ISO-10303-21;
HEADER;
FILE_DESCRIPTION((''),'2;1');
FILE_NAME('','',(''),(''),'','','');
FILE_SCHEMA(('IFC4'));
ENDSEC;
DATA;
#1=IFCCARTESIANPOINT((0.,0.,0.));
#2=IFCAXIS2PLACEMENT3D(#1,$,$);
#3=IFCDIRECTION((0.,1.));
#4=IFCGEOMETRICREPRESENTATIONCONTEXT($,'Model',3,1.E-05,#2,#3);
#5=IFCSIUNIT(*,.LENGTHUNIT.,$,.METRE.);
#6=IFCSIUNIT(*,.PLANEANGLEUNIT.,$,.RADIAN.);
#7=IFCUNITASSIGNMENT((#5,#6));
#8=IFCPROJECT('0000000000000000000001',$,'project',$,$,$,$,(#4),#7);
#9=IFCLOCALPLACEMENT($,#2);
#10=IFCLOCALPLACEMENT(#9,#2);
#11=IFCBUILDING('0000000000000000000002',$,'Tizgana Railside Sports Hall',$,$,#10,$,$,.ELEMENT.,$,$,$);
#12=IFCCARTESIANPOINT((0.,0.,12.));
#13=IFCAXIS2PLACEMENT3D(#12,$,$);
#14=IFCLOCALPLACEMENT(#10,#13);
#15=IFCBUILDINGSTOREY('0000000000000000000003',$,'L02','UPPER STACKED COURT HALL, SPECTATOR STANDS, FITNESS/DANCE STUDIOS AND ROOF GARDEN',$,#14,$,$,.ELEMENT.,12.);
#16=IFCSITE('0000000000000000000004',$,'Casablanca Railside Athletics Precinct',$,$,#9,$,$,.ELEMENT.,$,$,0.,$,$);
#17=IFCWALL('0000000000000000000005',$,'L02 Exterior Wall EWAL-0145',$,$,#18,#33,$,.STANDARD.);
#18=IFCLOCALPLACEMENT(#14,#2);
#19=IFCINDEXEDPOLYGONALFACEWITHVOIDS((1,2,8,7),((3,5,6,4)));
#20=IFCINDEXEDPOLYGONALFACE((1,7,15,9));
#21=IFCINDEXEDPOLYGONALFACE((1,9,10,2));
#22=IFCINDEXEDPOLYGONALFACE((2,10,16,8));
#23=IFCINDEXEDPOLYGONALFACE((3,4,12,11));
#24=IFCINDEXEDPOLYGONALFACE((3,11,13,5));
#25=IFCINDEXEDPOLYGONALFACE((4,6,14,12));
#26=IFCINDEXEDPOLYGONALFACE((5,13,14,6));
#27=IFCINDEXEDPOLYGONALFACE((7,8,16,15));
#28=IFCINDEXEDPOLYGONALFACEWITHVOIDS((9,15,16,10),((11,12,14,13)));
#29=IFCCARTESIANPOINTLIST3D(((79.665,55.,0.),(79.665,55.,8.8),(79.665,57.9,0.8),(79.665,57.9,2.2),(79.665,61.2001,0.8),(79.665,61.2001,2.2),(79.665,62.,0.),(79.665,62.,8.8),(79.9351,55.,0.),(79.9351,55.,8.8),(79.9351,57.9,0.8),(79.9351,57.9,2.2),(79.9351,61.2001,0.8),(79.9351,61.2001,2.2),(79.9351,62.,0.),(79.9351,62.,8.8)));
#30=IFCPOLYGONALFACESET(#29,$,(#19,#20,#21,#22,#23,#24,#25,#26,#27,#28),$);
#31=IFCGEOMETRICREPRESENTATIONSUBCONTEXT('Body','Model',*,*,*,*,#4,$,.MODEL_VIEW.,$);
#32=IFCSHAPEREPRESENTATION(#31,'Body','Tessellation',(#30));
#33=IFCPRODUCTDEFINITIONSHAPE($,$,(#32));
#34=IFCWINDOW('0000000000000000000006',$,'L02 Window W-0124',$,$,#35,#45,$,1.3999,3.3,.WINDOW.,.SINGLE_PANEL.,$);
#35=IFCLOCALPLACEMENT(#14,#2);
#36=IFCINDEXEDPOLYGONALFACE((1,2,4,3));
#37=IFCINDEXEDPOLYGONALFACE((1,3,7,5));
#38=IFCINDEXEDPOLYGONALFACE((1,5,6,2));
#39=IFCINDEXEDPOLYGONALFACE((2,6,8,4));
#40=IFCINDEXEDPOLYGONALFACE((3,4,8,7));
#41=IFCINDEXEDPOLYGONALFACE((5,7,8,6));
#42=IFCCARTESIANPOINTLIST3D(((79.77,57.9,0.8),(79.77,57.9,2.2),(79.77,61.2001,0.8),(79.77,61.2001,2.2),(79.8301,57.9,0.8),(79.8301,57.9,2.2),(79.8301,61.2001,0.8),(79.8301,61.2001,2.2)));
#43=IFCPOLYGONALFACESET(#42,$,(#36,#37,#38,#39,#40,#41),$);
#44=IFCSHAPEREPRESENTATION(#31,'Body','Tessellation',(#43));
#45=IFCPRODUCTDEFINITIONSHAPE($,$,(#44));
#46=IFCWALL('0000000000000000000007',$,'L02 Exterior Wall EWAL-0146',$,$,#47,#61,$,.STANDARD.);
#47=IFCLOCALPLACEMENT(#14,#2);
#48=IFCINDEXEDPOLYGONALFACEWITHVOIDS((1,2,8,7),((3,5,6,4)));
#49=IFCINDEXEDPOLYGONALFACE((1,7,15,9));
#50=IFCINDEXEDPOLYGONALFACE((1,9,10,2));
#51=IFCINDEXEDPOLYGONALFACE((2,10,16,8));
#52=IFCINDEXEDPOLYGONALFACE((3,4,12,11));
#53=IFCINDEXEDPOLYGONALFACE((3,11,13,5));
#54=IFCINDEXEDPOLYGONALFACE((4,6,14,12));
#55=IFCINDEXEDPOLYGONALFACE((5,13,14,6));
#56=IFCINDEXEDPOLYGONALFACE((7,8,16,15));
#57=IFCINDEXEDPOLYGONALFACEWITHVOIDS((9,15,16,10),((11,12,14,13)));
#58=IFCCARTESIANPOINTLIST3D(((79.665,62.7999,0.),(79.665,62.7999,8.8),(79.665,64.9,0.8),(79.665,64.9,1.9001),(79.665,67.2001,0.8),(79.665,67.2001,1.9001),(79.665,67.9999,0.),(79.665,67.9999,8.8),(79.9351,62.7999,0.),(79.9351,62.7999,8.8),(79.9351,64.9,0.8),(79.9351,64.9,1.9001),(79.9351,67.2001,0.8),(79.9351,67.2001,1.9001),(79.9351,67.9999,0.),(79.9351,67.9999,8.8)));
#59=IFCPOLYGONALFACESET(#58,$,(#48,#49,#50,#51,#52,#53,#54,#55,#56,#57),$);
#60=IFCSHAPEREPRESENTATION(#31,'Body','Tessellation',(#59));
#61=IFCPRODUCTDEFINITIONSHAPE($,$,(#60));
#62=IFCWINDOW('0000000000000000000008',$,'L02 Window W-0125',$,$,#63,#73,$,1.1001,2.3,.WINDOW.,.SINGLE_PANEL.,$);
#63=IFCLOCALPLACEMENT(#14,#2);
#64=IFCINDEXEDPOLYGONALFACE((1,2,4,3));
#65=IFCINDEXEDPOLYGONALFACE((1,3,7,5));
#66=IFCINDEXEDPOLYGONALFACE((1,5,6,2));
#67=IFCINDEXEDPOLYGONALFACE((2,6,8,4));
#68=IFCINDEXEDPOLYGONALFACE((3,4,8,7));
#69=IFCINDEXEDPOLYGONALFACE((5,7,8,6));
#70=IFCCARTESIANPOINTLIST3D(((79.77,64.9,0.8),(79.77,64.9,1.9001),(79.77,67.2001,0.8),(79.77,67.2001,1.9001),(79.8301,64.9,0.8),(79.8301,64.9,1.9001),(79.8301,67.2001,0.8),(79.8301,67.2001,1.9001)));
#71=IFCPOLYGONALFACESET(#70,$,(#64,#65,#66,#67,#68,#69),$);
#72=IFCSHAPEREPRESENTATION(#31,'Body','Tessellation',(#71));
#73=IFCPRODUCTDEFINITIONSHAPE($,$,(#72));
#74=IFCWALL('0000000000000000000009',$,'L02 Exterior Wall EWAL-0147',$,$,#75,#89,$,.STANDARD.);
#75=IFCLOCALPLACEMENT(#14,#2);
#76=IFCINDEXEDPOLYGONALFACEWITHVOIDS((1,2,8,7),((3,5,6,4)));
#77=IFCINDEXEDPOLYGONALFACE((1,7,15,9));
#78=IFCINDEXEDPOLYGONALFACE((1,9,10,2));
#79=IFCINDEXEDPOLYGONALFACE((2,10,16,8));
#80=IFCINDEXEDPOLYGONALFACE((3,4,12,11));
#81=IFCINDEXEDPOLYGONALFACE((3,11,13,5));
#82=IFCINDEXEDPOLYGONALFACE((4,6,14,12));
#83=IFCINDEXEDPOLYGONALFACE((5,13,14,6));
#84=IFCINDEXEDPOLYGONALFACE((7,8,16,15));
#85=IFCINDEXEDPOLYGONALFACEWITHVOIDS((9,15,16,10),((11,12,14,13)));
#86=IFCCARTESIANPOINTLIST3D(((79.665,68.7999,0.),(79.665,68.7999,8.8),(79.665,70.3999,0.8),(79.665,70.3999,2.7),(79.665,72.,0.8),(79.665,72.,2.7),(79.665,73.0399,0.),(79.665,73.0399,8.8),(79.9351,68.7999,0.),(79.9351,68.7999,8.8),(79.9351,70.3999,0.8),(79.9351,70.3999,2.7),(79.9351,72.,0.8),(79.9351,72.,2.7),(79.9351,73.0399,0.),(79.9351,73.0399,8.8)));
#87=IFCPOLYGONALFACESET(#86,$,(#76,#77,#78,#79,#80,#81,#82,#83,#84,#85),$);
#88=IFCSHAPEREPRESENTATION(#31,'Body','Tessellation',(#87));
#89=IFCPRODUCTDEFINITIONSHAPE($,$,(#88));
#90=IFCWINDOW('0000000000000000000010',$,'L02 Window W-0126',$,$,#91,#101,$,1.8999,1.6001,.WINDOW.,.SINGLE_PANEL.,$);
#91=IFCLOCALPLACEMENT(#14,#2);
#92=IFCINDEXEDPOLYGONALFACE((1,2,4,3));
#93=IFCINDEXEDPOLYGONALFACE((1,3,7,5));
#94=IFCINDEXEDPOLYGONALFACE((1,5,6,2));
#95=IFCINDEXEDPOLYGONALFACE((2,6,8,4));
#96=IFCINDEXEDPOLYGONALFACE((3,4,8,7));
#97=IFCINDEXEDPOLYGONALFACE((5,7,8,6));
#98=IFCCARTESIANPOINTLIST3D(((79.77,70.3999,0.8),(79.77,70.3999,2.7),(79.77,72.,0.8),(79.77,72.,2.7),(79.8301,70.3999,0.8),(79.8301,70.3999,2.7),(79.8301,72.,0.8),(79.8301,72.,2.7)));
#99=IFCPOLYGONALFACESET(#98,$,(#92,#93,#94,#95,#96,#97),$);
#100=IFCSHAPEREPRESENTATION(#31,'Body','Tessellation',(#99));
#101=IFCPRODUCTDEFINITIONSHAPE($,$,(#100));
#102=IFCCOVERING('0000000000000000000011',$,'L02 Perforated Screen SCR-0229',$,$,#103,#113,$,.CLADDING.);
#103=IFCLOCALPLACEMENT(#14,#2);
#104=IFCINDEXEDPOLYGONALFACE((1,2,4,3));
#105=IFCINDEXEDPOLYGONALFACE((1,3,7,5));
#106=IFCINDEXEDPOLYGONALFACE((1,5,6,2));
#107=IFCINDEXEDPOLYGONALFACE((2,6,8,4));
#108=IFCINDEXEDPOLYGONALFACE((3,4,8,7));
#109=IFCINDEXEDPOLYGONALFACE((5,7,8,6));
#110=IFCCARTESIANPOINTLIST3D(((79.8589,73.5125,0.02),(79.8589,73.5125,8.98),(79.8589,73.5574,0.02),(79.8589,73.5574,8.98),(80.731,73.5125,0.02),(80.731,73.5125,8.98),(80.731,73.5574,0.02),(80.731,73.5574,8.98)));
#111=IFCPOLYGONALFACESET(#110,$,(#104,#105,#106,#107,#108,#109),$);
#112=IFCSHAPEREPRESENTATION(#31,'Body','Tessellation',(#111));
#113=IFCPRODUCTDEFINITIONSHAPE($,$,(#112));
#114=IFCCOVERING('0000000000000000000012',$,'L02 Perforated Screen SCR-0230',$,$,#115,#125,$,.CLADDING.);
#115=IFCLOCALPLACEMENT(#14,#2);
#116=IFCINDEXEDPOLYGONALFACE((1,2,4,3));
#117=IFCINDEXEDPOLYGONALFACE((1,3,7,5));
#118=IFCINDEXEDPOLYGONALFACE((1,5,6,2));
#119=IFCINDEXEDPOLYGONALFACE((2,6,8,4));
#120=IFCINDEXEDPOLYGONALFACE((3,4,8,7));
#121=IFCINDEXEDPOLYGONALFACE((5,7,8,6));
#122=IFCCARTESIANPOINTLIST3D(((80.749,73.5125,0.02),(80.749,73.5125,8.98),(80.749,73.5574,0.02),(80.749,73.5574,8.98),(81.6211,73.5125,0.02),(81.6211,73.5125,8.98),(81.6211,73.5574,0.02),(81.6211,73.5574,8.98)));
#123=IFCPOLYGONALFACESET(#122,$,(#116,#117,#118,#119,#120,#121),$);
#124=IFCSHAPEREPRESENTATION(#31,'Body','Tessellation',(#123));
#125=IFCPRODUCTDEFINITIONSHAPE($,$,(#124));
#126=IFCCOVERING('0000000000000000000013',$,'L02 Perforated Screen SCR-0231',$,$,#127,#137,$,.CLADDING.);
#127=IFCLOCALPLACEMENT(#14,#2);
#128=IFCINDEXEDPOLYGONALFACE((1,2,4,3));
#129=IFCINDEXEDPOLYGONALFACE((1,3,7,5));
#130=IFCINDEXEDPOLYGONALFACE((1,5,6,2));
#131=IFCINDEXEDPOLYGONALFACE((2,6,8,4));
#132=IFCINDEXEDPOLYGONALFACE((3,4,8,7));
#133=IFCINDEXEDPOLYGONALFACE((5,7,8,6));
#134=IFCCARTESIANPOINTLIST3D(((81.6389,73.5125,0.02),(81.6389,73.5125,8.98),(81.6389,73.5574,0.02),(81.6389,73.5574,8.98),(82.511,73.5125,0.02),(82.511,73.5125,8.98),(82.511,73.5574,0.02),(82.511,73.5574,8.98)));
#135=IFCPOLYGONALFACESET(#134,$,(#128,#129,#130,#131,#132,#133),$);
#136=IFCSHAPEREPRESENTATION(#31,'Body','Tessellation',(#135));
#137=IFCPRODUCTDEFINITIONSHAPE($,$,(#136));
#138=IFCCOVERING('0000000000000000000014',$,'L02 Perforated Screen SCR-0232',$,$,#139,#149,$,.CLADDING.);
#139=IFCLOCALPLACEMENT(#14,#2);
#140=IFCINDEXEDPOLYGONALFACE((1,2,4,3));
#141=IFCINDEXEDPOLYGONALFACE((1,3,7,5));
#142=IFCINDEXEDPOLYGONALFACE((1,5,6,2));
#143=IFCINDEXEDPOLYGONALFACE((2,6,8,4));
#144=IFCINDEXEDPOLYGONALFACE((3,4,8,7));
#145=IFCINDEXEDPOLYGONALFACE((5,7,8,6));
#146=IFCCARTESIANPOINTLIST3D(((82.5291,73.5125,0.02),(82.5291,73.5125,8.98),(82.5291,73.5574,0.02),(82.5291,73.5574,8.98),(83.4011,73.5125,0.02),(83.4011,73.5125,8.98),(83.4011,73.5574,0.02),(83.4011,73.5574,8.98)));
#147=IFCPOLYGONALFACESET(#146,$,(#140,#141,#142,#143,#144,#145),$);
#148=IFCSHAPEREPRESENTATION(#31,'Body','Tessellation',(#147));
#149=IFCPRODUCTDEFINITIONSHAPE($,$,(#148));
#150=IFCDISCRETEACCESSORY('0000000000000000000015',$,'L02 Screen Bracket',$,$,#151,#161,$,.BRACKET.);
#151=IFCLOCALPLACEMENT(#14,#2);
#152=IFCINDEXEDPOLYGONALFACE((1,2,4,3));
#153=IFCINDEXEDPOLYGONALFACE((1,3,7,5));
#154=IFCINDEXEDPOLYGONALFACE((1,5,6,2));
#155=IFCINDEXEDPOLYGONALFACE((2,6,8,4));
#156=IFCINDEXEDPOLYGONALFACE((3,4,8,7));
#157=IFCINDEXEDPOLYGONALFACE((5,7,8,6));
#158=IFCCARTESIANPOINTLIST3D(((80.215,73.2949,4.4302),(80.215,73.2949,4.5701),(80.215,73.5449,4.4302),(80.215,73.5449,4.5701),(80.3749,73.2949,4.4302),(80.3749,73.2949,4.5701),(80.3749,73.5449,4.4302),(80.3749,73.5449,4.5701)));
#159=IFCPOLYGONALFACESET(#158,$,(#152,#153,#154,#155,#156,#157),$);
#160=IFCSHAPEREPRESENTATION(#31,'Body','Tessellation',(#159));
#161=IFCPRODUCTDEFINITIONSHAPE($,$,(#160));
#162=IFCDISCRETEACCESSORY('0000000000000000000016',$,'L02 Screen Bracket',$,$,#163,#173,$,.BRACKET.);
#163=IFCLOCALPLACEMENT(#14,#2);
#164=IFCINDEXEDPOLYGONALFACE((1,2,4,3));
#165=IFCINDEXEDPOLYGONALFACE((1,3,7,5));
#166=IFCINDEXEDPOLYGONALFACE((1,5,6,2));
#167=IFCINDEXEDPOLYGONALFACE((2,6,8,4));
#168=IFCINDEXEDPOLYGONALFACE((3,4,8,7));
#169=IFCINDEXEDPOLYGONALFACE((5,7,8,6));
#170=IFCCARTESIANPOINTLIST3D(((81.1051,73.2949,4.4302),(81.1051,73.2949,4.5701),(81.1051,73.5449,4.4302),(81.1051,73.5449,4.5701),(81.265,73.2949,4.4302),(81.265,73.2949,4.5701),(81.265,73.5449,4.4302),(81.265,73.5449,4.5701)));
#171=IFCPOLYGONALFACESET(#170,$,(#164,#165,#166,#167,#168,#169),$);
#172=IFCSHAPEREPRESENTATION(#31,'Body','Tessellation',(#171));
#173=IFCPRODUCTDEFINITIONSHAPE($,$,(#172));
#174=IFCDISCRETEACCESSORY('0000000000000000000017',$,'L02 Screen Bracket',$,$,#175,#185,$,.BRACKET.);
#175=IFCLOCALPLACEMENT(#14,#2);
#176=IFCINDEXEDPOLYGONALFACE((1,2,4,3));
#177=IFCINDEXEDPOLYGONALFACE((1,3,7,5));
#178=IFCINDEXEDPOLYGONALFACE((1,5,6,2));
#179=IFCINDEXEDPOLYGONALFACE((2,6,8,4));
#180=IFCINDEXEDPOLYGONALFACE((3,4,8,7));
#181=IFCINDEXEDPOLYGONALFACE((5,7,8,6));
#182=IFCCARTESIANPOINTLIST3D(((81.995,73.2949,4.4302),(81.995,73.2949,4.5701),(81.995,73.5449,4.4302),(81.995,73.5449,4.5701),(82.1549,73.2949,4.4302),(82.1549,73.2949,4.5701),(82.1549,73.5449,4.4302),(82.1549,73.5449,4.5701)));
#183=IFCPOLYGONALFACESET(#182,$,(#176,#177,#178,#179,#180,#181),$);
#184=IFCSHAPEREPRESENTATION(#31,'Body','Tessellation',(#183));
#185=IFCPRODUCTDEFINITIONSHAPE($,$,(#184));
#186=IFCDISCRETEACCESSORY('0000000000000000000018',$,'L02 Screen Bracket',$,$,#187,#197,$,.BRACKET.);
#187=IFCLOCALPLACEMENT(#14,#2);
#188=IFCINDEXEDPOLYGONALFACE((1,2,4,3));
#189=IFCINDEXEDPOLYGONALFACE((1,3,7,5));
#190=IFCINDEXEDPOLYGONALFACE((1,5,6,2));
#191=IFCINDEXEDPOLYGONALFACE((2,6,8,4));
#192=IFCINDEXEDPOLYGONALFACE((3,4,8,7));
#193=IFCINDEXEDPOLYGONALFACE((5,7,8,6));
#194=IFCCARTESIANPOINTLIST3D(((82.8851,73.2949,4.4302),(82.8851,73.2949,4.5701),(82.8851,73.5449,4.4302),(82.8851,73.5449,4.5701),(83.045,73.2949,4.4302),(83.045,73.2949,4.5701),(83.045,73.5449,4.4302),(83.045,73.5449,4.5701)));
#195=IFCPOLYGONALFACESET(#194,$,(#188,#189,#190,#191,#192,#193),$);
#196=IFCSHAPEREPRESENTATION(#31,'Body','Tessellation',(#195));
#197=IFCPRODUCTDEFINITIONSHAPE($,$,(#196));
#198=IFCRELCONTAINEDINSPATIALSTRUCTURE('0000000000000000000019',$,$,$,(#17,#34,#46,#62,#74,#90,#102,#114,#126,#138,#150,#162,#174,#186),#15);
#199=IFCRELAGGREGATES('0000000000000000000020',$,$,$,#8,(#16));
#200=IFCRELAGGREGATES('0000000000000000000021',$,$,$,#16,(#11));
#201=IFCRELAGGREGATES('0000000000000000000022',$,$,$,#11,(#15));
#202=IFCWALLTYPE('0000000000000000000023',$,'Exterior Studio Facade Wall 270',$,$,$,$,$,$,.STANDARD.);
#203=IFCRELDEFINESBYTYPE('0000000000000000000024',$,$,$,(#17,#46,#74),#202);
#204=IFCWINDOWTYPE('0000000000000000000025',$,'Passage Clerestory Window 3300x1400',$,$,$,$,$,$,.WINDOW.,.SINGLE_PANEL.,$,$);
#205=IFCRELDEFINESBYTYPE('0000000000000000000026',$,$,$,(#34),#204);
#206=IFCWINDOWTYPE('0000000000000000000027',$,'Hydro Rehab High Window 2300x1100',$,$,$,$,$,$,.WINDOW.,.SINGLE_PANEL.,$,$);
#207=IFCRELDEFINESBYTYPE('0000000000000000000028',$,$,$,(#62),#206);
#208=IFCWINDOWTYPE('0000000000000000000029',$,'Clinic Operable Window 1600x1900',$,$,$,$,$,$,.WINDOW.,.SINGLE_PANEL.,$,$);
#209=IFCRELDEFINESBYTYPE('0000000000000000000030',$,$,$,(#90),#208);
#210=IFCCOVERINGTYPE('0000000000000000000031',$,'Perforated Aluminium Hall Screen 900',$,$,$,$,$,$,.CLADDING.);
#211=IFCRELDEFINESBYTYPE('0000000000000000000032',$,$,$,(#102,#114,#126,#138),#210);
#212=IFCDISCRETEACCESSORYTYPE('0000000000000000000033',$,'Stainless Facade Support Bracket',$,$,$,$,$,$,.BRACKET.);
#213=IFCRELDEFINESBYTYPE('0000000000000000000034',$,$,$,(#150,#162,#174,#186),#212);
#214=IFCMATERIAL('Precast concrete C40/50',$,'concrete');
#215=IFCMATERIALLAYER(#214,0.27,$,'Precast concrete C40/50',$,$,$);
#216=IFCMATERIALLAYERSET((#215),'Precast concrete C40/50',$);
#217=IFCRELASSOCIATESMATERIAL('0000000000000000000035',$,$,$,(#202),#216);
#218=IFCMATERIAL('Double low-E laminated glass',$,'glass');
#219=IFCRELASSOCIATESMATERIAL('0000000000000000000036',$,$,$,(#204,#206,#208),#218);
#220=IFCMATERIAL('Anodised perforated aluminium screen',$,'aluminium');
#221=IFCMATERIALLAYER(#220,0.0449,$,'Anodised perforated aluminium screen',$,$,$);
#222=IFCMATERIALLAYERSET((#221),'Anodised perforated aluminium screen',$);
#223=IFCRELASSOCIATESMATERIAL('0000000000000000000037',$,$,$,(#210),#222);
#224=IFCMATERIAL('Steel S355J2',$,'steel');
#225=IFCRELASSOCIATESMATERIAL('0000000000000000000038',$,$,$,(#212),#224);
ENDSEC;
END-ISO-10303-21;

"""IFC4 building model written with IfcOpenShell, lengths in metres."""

from ifc_helpers import new_model, si_unit, direction, frame, frame_2d, origin, origin_2d, place, context, subcontext, project, spatial, rectangle, extrude, material, layer, layer_set, type_object, element, fill, save


model = new_model("IFC4")

# Units and contexts
model_context = context("Model", 3, precision=1e-05, world=origin(), true_north=direction((0.0, 1.0)))
body_context = subcontext(model_context, "Body", "Model", "MODEL_VIEW")
ifc_project = project(units=[si_unit("LENGTHUNIT", "METRE"), si_unit("PLANEANGLEUNIT", "RADIAN")], contexts=[model_context])

# Site, building, storey
site_placement = place(None, origin())
site = spatial("IfcSite", under=ifc_project, at=site_placement, Name="Casablanca Railside Athletics Precinct", CompositionType="ELEMENT", RefElevation=0.0)
building_placement = place(site_placement, origin())
building = spatial("IfcBuilding", under=site, at=building_placement, Name="Tizgana Railside Sports Hall", CompositionType="ELEMENT")
storey_placement = place(building_placement, frame((0.0, 0.0, 12.0)))
storey = spatial("IfcBuildingStorey", under=building, at=storey_placement, Name="L02", Description="UPPER STACKED COURT HALL, SPECTATOR STANDS, FITNESS/DANCE STUDIOS AND ROOF GARDEN", CompositionType="ELEMENT", Elevation=12.0)

# Shared definitions
ifc_material_1 = material(Name="Steel S355J2", Category="steel")

# Shared definitions
ifc_material_2 = material(Name="Precast concrete C40/50", Category="concrete")

# Walls, openings, windows
ifc_layer_1 = layer(ifc_material_2, 0.27, Name="Precast concrete C40/50")
ifc_layer_set_1 = layer_set([ifc_layer_1], Name="Precast concrete C40/50")
wall_type_1 = type_object("IfcWallType", Name="Exterior Studio Facade Wall 270", PredefinedType="STANDARD", material=ifc_layer_set_1)
ifc_material_3 = material(Name="Double low-E laminated glass", Category="glass")
wall_1_placement = place(storey_placement, frame((79.8, 62.0, 0.0), z_axis=(0.0, 0.0, 1.0), x_axis=(0.0, -1.0, 0.0)))
wall_1 = element("IfcWall", 1, at=wall_1_placement, inside=storey, type_object=wall_type_1, Name="L02 Exterior Wall EWAL-0145", PredefinedType="STANDARD", context=body_context, shape_type="SweptSolid", body=[
    extrude(rectangle(XDim=7.0, YDim=0.27, at=frame_2d((3.5, 0.0))), origin(), (0.0, 0.0, 1.0), 8.8),
])
opening_1_placement = place(wall_1_placement, frame((0.8, 0.0, 0.8)))
opening_1 = element("IfcOpeningElement", 2, at=opening_1_placement, cuts=wall_1, PredefinedType="OPENING", context=body_context, shape_type="SweptSolid", body=[
    extrude(rectangle(XDim=3.3, YDim=1.3999, at=frame_2d((1.6499, 0.7))), frame((0.0, 0.145, 0.0), z_axis=(0.0, -1.0, 0.0), x_axis=(1.0, 0.0, 0.0)), (0.0, 0.0, 1.0), 0.29),
])
window_type_1 = type_object("IfcWindowType", Name="Passage Clerestory Window 3300x1400", PartitioningType="SINGLE_PANEL", PredefinedType="WINDOW", material=ifc_material_3)
window_1_placement = place(opening_1_placement, origin())
window_1 = element("IfcWindow", 3, at=window_1_placement, inside=storey, type_object=window_type_1, Name="L02 Window W-0124", OverallHeight=1.3999, OverallWidth=3.3, PartitioningType="SINGLE_PANEL", PredefinedType="WINDOW", context=body_context, shape_type="SweptSolid", body=[
    extrude(rectangle(XDim=3.3, YDim=1.3999, at=frame_2d((1.6499, 0.7))), frame((0.0, 0.03, 0.0), z_axis=(0.0, -1.0, 0.0), x_axis=(1.0, 0.0, 0.0)), (0.0, 0.0, 1.0), 0.0601),
])
fill(opening_1, window_1)
wall_2_placement = place(storey_placement, frame((79.8, 68.0, 0.0), z_axis=(0.0, 0.0, 1.0), x_axis=(0.0, -1.0, 0.0)))
wall_2 = element("IfcWall", 4, at=wall_2_placement, inside=storey, type_object=wall_type_1, Name="L02 Exterior Wall EWAL-0146", PredefinedType="STANDARD", context=body_context, shape_type="SweptSolid", body=[
    extrude(rectangle(XDim=5.2, YDim=0.27, at=frame_2d((2.6001, 0.0))), origin(), (0.0, 0.0, 1.0), 8.8),
])
opening_2_placement = place(wall_2_placement, frame((0.8, 0.0, 0.8)))
opening_2 = element("IfcOpeningElement", 5, at=opening_2_placement, cuts=wall_2, PredefinedType="OPENING", context=body_context, shape_type="SweptSolid", body=[
    extrude(rectangle(XDim=2.3, YDim=1.1001, at=frame_2d((1.1499, 0.55))), frame((0.0, 0.145, 0.0), z_axis=(0.0, -1.0, 0.0), x_axis=(1.0, 0.0, 0.0)), (0.0, 0.0, 1.0), 0.29),
])
window_type_2 = type_object("IfcWindowType", Name="Hydro Rehab High Window 2300x1100", PartitioningType="SINGLE_PANEL", PredefinedType="WINDOW", material=ifc_material_3)
window_2_placement = place(opening_2_placement, origin())
window_2 = element("IfcWindow", 6, at=window_2_placement, inside=storey, type_object=window_type_2, Name="L02 Window W-0125", OverallHeight=1.1001, OverallWidth=2.3, PartitioningType="SINGLE_PANEL", PredefinedType="WINDOW", context=body_context, shape_type="SweptSolid", body=[
    extrude(rectangle(XDim=2.3, YDim=1.1001, at=frame_2d((1.1499, 0.55))), frame((0.0, 0.03, 0.0), z_axis=(0.0, -1.0, 0.0), x_axis=(1.0, 0.0, 0.0)), (0.0, 0.0, 1.0), 0.0601),
])
fill(opening_2, window_2)
wall_3_placement = place(storey_placement, frame((79.8, 73.04, 0.0), z_axis=(0.0, 0.0, 1.0), x_axis=(0.0, -1.0, 0.0)))
wall_3 = element("IfcWall", 7, at=wall_3_placement, inside=storey, type_object=wall_type_1, Name="L02 Exterior Wall EWAL-0147", PredefinedType="STANDARD", context=body_context, shape_type="SweptSolid", body=[
    extrude(rectangle(XDim=4.24, YDim=0.27, at=frame_2d((2.1201, 0.0))), origin(), (0.0, 0.0, 1.0), 8.8),
])
opening_3_placement = place(wall_3_placement, frame((1.04, 0.0, 0.8)))
opening_3 = element("IfcOpeningElement", 8, at=opening_3_placement, cuts=wall_3, PredefinedType="OPENING", context=body_context, shape_type="SweptSolid", body=[
    extrude(rectangle(XDim=1.6001, YDim=1.8999, at=frame_2d((0.8, 0.95))), frame((0.0, 0.145, 0.0), z_axis=(0.0, -1.0, 0.0), x_axis=(1.0, 0.0, 0.0)), (0.0, 0.0, 1.0), 0.29),
])
window_type_3 = type_object("IfcWindowType", Name="Clinic Operable Window 1600x1900", PartitioningType="SINGLE_PANEL", PredefinedType="WINDOW", material=ifc_material_3)
window_3_placement = place(opening_3_placement, origin())
window_3 = element("IfcWindow", 9, at=window_3_placement, inside=storey, type_object=window_type_3, Name="L02 Window W-0126", OverallHeight=1.8999, OverallWidth=1.6001, PartitioningType="SINGLE_PANEL", PredefinedType="WINDOW", context=body_context, shape_type="SweptSolid", body=[
    extrude(rectangle(XDim=1.6001, YDim=1.8999, at=frame_2d((0.8, 0.95))), frame((0.0, 0.03, 0.0), z_axis=(0.0, -1.0, 0.0), x_axis=(1.0, 0.0, 0.0)), (0.0, 0.0, 1.0), 0.0601),
])
fill(opening_3, window_3)

# Coverings
ifc_material_4 = material(Name="Anodised perforated aluminium screen", Category="aluminium")
ifc_layer_2 = layer(ifc_material_4, 0.0449, Name="Anodised perforated aluminium screen")
ifc_layer_set_2 = layer_set([ifc_layer_2], Name="Anodised perforated aluminium screen")
covering_type = type_object("IfcCoveringType", Name="Perforated Aluminium Hall Screen 900", PredefinedType="CLADDING", material=ifc_layer_set_2)
for number, where, z_axis, x_axis, name in (
    (10, (80.2949, 73.5349, 0.02), (0.0, 0.0, 1.0), (1.0, 0.0, 0.0), "L02 Perforated Screen SCR-0229"),
    (11, (81.1851, 73.5349, 0.02), (0.0, 0.0, 1.0), (1.0, 0.0, 0.0), "L02 Perforated Screen SCR-0230"),
    (12, (82.075, 73.5349, 0.02), (0.0, 0.0, 1.0), (1.0, 0.0, 0.0), "L02 Perforated Screen SCR-0231"),
    (13, (82.9651, 73.5349, 0.02), (0.0, 0.0, 1.0), (1.0, 0.0, 0.0), "L02 Perforated Screen SCR-0232"),
):
    element("IfcCovering", number, at=place(storey_placement, frame(where, z_axis=z_axis, x_axis=x_axis)), inside=storey, type_object=covering_type, Name=name, PredefinedType="CLADDING", context=body_context, shape_type="SweptSolid", body=[
        extrude(rectangle(XDim=0.8721, YDim=0.0449, at=origin_2d()), origin(), (0.0, 0.0, 1.0), 8.96),
    ])

# Discrete accessories
discrete_accessory_type = type_object("IfcDiscreteAccessoryType", Name="Stainless Facade Support Bracket", PredefinedType="BRACKET", material=ifc_material_1)
for number, where, z_axis, x_axis, name in (
    (14, (80.2949, 73.4199, 4.4302), (0.0, 0.0, 1.0), (1.0, 0.0, 0.0), "L02 Screen Bracket"),
    (15, (81.1851, 73.4199, 4.4302), (0.0, 0.0, 1.0), (1.0, 0.0, 0.0), "L02 Screen Bracket"),
    (16, (82.075, 73.4199, 4.4302), (0.0, 0.0, 1.0), (1.0, 0.0, 0.0), "L02 Screen Bracket"),
    (17, (82.9651, 73.4199, 4.4302), (0.0, 0.0, 1.0), (1.0, 0.0, 0.0), "L02 Screen Bracket"),
):
    element("IfcDiscreteAccessory", number, at=place(storey_placement, frame(where, z_axis=z_axis, x_axis=x_axis)), inside=storey, type_object=discrete_accessory_type, Name=name, PredefinedType="BRACKET", context=body_context, shape_type="SweptSolid", body=[
        extrude(rectangle(XDim=0.1599, YDim=0.25, at=origin_2d()), origin(), (0.0, 0.0, 1.0), 0.1399),
    ])

save(model, "model.ifc")
